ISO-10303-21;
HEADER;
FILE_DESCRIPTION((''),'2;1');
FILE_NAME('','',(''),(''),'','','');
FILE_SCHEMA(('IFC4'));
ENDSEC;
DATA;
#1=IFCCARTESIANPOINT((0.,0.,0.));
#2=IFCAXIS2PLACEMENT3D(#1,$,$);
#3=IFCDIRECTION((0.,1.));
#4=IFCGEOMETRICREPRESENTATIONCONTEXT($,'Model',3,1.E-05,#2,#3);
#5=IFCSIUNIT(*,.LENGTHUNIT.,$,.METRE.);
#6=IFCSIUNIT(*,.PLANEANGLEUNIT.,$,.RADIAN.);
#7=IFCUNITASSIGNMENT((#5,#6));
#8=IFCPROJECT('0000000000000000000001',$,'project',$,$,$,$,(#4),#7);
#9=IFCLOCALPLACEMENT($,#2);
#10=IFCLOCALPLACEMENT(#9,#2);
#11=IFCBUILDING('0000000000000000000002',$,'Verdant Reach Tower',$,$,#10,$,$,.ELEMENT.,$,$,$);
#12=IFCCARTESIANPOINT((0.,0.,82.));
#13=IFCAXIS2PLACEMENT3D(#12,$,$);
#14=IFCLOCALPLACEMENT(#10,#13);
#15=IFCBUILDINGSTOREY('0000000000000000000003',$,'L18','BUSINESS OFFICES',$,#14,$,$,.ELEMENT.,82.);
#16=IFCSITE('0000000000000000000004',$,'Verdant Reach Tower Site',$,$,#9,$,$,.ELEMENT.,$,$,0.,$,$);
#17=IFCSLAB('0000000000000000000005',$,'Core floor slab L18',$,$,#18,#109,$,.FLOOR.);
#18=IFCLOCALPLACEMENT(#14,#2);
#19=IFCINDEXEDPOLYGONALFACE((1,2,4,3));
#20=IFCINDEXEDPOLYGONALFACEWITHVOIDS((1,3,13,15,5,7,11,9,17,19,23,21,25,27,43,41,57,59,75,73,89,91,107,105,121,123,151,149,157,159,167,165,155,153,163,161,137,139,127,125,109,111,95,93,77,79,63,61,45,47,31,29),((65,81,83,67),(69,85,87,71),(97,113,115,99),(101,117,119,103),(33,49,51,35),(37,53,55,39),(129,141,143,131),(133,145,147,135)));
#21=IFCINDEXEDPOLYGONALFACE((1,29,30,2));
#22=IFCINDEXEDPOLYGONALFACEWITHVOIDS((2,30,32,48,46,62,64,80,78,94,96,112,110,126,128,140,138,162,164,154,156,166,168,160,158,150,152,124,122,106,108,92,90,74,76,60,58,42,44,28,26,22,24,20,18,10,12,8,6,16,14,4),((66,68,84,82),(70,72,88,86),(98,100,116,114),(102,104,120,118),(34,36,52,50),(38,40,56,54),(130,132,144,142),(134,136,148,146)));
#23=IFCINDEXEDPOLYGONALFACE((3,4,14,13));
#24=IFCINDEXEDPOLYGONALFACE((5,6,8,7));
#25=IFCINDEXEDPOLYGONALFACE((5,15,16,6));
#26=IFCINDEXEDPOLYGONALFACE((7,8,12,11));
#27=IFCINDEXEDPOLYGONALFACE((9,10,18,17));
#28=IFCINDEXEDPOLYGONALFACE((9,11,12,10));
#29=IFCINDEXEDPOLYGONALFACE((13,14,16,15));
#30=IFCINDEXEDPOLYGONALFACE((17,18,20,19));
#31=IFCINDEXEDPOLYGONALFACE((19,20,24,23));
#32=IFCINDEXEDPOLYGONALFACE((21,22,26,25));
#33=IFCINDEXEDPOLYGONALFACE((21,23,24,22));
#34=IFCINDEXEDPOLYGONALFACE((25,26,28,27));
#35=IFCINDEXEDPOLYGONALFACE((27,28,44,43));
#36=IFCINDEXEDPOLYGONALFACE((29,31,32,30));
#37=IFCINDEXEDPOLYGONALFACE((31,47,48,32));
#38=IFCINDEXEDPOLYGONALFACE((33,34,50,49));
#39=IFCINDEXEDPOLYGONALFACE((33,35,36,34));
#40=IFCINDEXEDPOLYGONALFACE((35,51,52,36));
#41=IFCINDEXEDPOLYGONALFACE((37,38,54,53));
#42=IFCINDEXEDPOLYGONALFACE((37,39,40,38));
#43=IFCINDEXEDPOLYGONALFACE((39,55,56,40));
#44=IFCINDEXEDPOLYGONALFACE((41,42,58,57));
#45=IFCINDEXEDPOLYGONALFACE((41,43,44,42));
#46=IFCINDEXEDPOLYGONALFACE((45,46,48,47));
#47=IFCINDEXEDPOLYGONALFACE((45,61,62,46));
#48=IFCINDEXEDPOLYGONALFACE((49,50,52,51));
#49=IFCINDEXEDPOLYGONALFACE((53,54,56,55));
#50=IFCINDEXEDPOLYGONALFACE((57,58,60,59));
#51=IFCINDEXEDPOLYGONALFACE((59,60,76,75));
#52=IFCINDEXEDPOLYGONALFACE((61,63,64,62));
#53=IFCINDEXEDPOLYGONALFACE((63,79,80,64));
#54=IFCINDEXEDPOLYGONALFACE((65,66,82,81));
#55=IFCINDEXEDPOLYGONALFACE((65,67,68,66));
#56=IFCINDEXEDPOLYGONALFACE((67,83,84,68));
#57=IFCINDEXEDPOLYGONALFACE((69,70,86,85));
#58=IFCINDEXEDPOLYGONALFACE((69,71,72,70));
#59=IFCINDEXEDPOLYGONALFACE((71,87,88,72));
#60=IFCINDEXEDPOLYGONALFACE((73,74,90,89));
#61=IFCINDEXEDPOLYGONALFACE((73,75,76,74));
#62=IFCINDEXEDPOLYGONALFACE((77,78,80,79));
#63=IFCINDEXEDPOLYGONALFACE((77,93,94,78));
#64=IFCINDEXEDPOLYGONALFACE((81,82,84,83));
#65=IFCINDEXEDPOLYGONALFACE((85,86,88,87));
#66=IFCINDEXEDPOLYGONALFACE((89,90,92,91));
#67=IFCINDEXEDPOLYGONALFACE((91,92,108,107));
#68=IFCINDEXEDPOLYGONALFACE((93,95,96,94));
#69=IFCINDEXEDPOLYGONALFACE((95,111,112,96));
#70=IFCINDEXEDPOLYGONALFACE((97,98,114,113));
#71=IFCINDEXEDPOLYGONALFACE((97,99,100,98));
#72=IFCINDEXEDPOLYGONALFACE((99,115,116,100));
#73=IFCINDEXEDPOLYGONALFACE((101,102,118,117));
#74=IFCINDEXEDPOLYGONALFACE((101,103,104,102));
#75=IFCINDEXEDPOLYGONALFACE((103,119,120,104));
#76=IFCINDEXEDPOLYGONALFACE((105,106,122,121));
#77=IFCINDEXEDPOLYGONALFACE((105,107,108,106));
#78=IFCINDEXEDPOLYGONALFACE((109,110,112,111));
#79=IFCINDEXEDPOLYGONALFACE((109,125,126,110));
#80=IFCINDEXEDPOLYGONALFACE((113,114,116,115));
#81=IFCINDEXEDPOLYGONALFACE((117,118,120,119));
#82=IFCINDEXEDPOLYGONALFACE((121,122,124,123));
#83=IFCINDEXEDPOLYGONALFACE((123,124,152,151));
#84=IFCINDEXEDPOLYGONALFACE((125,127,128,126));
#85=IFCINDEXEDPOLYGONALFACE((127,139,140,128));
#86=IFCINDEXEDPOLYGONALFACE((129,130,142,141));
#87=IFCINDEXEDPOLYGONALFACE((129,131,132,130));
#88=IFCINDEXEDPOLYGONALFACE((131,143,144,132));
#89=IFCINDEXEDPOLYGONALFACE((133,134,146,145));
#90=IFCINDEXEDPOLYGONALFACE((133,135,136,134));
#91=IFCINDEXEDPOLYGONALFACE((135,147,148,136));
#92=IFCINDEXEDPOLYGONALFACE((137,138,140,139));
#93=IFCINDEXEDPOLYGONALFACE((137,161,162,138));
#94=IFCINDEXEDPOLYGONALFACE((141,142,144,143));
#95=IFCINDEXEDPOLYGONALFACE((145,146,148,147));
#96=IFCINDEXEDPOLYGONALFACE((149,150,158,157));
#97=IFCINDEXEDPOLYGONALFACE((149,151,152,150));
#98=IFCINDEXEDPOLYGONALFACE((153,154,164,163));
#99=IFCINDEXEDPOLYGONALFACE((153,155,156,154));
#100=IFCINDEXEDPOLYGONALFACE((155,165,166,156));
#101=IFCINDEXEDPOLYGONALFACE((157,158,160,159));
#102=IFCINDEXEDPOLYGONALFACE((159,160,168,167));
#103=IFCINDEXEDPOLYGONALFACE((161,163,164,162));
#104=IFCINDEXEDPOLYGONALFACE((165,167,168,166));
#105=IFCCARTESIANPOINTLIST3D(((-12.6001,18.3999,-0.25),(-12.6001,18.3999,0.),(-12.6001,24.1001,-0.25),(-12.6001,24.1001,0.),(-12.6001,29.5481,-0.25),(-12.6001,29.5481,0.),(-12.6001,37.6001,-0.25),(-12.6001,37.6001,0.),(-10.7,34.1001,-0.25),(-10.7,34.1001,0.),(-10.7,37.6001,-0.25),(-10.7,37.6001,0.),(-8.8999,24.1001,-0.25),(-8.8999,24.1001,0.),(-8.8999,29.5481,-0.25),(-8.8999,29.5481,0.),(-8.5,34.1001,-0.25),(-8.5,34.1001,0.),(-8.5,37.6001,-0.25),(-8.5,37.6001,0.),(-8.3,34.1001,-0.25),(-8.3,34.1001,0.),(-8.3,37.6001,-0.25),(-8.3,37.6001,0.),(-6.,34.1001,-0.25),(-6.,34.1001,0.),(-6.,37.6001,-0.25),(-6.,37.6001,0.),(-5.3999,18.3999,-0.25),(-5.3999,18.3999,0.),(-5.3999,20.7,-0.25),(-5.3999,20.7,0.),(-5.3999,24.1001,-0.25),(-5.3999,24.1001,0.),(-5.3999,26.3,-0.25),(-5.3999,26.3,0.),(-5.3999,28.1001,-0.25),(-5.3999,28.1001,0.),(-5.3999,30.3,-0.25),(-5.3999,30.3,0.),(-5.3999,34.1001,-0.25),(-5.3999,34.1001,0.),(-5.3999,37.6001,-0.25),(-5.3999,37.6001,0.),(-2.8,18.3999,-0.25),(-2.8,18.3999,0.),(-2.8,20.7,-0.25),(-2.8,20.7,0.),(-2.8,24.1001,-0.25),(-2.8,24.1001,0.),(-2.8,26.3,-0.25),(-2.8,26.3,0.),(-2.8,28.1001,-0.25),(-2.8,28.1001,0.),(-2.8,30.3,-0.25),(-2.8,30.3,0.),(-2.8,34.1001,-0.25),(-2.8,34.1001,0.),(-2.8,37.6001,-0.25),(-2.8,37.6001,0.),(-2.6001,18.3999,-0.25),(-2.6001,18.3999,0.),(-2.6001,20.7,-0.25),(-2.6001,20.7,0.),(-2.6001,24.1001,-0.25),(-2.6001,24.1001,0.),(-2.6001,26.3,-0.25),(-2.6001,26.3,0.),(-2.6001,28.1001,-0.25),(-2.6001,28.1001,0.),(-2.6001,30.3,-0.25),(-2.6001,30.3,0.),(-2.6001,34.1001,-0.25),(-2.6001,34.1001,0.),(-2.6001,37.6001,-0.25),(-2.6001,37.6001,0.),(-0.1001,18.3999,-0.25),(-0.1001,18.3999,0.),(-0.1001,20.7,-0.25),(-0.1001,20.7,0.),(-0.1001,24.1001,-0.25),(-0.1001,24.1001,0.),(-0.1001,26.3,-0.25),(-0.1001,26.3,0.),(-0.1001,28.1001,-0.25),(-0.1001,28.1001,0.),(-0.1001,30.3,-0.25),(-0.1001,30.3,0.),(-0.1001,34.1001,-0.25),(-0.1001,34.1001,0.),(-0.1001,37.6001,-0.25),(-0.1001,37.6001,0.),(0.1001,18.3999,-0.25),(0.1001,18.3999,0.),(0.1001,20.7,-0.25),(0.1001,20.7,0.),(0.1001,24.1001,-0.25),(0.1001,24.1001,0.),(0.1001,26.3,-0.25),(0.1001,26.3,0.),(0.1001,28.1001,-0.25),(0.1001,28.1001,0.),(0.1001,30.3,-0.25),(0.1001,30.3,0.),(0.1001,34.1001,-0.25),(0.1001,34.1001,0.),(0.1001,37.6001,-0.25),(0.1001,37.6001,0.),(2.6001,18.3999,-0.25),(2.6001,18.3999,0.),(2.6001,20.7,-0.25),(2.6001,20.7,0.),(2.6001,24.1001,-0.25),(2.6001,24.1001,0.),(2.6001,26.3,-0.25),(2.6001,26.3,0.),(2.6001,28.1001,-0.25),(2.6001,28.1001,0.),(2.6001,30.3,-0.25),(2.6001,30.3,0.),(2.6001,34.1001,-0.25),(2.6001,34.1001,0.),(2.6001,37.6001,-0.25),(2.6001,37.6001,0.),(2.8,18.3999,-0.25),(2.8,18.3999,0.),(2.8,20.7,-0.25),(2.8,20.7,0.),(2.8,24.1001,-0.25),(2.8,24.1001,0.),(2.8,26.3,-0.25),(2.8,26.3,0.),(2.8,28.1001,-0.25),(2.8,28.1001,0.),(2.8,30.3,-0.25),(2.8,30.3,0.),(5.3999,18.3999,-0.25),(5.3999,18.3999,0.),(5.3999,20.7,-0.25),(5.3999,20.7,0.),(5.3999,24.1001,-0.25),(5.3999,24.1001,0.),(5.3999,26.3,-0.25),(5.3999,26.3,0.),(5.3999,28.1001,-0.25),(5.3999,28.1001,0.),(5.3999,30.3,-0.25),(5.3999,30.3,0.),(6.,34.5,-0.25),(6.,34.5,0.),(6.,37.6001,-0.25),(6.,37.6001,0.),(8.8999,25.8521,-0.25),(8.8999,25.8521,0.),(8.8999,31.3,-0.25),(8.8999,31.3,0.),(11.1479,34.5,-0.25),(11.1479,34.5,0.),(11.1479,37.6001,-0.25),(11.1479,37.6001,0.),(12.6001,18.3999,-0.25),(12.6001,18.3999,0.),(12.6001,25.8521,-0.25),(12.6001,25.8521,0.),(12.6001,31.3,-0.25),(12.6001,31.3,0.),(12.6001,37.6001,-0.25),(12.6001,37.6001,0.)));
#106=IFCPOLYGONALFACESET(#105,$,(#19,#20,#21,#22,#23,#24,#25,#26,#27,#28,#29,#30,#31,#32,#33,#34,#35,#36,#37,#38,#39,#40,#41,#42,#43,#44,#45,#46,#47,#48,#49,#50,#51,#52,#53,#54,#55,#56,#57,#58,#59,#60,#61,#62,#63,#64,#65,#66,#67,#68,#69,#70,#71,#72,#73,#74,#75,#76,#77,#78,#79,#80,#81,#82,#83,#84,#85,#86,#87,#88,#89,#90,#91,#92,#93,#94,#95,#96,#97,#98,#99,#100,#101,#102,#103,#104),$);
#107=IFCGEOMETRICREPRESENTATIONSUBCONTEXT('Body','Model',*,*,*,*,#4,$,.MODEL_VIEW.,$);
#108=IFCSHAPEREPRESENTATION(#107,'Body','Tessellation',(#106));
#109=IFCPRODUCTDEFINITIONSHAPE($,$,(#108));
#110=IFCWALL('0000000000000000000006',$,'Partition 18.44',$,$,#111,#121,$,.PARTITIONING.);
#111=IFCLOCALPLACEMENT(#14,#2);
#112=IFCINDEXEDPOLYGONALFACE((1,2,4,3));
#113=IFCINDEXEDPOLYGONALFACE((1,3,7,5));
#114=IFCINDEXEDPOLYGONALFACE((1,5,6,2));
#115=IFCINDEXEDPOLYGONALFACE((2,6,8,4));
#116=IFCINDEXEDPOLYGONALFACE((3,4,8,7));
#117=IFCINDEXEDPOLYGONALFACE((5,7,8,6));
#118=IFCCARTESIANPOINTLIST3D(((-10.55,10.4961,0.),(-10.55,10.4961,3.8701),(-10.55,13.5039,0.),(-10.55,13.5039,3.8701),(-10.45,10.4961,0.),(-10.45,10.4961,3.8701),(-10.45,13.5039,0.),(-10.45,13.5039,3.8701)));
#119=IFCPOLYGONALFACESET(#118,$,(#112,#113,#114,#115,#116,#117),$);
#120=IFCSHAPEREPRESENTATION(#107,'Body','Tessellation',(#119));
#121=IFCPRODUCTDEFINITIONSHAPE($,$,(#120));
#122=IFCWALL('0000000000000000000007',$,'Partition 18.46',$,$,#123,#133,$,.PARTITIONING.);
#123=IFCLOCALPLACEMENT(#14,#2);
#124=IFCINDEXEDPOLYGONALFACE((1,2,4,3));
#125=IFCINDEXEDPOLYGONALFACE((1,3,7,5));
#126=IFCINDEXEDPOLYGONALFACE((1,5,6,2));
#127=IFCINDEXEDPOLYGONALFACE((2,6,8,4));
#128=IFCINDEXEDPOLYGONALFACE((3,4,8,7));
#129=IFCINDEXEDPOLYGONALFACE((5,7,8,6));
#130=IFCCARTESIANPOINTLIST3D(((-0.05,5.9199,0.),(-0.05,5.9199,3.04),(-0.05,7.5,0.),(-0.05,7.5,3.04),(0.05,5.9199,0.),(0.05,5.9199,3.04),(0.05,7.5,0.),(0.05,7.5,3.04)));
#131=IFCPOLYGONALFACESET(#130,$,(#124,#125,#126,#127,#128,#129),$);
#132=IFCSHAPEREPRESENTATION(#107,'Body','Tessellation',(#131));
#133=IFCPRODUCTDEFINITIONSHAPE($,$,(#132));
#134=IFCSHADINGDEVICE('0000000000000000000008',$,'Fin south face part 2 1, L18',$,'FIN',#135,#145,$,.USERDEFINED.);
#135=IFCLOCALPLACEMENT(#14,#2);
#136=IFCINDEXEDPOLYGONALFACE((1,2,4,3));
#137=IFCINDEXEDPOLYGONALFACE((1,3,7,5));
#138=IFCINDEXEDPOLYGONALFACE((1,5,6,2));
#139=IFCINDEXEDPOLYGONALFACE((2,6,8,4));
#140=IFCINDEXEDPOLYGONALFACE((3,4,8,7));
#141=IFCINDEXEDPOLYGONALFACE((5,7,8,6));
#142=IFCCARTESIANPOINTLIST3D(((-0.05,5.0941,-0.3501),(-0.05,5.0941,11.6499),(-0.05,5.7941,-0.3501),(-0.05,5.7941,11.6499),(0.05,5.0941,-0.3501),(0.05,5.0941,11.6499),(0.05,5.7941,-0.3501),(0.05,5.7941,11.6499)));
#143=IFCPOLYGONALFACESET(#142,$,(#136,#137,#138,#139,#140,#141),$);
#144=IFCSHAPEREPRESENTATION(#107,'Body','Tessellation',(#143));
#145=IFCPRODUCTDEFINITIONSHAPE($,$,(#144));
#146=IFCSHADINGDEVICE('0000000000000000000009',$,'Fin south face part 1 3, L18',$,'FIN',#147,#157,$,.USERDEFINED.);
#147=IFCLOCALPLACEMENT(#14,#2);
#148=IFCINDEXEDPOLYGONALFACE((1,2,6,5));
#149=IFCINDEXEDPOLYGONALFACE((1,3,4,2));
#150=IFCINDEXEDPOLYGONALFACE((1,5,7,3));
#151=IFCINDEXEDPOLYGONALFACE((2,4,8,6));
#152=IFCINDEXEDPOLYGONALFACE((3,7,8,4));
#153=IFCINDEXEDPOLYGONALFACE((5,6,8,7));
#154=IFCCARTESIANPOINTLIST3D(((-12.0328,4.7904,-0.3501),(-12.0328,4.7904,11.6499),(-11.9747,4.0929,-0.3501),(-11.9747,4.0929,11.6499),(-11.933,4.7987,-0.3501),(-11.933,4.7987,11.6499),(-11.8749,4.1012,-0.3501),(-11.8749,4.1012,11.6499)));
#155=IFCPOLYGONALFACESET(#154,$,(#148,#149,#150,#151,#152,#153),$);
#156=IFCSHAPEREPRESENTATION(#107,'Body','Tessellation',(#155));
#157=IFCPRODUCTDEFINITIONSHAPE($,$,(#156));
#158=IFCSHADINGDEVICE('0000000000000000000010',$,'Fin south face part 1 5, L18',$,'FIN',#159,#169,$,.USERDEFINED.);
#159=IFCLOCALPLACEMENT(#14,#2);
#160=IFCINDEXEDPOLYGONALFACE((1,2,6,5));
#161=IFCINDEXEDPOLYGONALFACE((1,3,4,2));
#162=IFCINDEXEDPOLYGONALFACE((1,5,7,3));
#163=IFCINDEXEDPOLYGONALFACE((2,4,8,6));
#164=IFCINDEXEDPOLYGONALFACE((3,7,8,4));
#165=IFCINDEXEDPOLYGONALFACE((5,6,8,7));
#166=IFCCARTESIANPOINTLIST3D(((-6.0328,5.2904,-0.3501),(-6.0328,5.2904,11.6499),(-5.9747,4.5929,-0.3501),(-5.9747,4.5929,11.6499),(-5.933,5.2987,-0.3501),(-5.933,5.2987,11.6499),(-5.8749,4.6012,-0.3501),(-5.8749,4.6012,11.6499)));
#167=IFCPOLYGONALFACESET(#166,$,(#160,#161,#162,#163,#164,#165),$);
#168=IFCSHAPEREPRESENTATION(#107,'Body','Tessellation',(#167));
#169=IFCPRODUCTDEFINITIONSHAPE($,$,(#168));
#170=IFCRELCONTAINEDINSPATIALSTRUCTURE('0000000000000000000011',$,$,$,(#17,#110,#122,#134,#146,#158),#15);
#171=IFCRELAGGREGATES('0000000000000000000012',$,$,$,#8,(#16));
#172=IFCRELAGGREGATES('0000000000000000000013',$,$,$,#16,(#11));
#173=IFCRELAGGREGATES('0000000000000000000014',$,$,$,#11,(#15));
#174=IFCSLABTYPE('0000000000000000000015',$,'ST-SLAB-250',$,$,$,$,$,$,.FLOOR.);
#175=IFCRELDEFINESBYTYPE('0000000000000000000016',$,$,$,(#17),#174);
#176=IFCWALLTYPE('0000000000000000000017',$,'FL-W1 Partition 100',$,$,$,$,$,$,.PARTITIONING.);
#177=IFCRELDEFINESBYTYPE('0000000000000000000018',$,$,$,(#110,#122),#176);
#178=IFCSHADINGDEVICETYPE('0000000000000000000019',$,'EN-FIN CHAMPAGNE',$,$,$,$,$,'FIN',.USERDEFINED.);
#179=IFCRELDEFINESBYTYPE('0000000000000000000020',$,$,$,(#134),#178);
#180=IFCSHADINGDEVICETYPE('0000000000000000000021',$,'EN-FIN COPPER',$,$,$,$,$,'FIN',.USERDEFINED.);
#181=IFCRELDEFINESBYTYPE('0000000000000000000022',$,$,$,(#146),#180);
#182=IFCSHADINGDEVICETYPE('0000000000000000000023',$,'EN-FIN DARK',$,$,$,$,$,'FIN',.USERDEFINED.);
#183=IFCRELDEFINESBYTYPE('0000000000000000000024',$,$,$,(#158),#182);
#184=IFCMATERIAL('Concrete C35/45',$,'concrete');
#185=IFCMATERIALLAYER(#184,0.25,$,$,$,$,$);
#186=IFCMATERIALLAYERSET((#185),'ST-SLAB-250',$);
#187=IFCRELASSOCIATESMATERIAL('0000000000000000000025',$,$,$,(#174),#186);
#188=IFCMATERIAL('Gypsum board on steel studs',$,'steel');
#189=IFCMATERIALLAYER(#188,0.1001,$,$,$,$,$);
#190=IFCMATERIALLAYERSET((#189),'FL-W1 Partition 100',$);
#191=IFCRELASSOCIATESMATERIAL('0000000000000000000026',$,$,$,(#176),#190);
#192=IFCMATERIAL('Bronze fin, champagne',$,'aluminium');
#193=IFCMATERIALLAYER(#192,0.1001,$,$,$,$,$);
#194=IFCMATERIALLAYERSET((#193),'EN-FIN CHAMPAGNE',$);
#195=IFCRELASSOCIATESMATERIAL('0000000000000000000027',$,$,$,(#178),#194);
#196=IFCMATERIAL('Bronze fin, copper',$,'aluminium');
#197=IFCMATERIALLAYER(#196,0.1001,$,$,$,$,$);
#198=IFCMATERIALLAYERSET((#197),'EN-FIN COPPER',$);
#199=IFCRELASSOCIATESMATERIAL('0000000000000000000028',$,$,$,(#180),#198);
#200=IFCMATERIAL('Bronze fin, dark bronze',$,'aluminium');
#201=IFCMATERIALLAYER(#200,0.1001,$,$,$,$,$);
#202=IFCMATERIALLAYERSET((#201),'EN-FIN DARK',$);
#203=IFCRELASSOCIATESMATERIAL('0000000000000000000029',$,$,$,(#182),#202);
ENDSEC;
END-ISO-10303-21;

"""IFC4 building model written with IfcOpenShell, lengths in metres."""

from ifc_helpers import new_model, si_unit, direction, frame, frame_2d, origin, origin_2d, place, context, subcontext, project, spatial, polyline, rectangle, outline, extrude, material, layer, layer_set, type_object, element, save


model = new_model("IFC4")

# Units and contexts
model_context = context("Model", 3, precision=1e-05, world=origin(), true_north=direction((0.0, 1.0)))
body_context = subcontext(model_context, "Body", "Model", "MODEL_VIEW")
ifc_project = project(units=[si_unit("LENGTHUNIT", "METRE"), si_unit("PLANEANGLEUNIT", "RADIAN")], contexts=[model_context])

# Site, building, storey
site_placement = place(None, origin())
site = spatial("IfcSite", under=ifc_project, at=site_placement, Name="Verdant Reach Tower Site", CompositionType="ELEMENT", RefElevation=0.0)
building_placement = place(site_placement, origin())
building = spatial("IfcBuilding", under=site, at=building_placement, Name="Verdant Reach Tower", CompositionType="ELEMENT")
storey_placement = place(building_placement, frame((0.0, 0.0, 82.0)))
storey = spatial("IfcBuildingStorey", under=building, at=storey_placement, Name="L18", Description="BUSINESS OFFICES", CompositionType="ELEMENT", Elevation=82.0)

# Slab
ifc_material_1 = material(Name="Concrete C35/45", Category="concrete")
ifc_layer_1 = layer(ifc_material_1, 0.25)
ifc_layer_set_1 = layer_set([ifc_layer_1], Name="ST-SLAB-250")
slab_type_1 = type_object("IfcSlabType", Name="ST-SLAB-250", PredefinedType="FLOOR", material=ifc_layer_set_1)
slab_1_placement = place(storey_placement, frame((0.0, 0.0, -0.25)))
element("IfcSlab", 1, at=slab_1_placement, inside=storey, type_object=slab_type_1, Name="Core floor slab L18", PredefinedType="FLOOR", context=body_context, shape_type="SweptSolid", body=[
    extrude(outline(polyline([(12.6001, 18.3999), (5.3999, 18.3999), (5.3999, 20.7), (2.8, 20.7), (2.8, 18.3999), (2.6001, 18.3999), (2.6001, 20.7), (0.1001, 20.7), (0.1001, 18.3999), (-0.1001, 18.3999), (-0.1001, 20.7), (-2.6001, 20.7), (-2.6001, 18.3999), (-2.8, 18.3999), (-2.8, 20.7), (-5.3999, 20.7), (-5.3999, 18.3999), (-12.6001, 18.3999), (-12.6001, 24.1001), (-8.8999, 24.1001), (-8.8999, 29.5481), (-12.6001, 29.5481), (-12.6001, 37.6001), (-10.7, 37.6001), (-10.7, 34.1001), (-8.5, 34.1001), (-8.5, 37.6001), (-8.3, 37.6001), (-8.3, 34.1001), (-6.0, 34.1001), (-6.0, 37.6001), (-5.3999, 37.6001), (-5.3999, 34.1001), (-2.8, 34.1001), (-2.8, 37.6001), (-2.6001, 37.6001), (-2.6001, 34.1001), (-0.1001, 34.1001), (-0.1001, 37.6001), (0.1001, 37.6001), (0.1001, 34.1001), (2.6001, 34.1001), (2.6001, 37.6001), (6.0, 37.6001), (6.0, 34.5), (11.1479, 34.5), (11.1479, 37.6001), (12.6001, 37.6001), (12.6001, 31.3), (8.8999, 31.3), (8.8999, 25.8521), (12.6001, 25.8521), (12.6001, 18.3999)]), holes=[polyline([(-2.8, 24.1001), (-2.8, 26.3), (-5.3999, 26.3), (-5.3999, 24.1001), (-2.8, 24.1001)]), polyline([(-2.6001, 24.1001), (-0.1001, 24.1001), (-0.1001, 26.3), (-2.6001, 26.3), (-2.6001, 24.1001)]), polyline([(-2.8, 28.1001), (-2.8, 30.3), (-5.3999, 30.3), (-5.3999, 28.1001), (-2.8, 28.1001)]), polyline([(-0.1001, 28.1001), (-0.1001, 30.3), (-2.6001, 30.3), (-2.6001, 28.1001), (-0.1001, 28.1001)]), polyline([(2.6001, 24.1001), (2.6001, 26.3), (0.1001, 26.3), (0.1001, 24.1001), (2.6001, 24.1001)]), polyline([(2.8, 24.1001), (5.3999, 24.1001), (5.3999, 26.3), (2.8, 26.3), (2.8, 24.1001)]), polyline([(2.6001, 28.1001), (2.6001, 30.3), (0.1001, 30.3), (0.1001, 28.1001), (2.6001, 28.1001)]), polyline([(5.3999, 28.1001), (5.3999, 30.3), (2.8, 30.3), (2.8, 28.1001), (5.3999, 28.1001)])]), origin(), (0.0, 0.0, 1.0), 0.25),
])

# Walls
ifc_material_2 = material(Name="Gypsum board on steel studs", Category="steel")
ifc_layer_2 = layer(ifc_material_2, 0.1001)
ifc_layer_set_2 = layer_set([ifc_layer_2], Name="FL-W1 Partition 100")
wall_type = type_object("IfcWallType", Name="FL-W1 Partition 100", PredefinedType="PARTITIONING", material=ifc_layer_set_2)
wall_1_placement = place(storey_placement, frame((-10.5, 10.4961, 0.0), z_axis=(0.0, 0.0, 1.0), x_axis=(0.0, 1.0, 0.0)))
element("IfcWall", 2, at=wall_1_placement, inside=storey, type_object=wall_type, Name="Partition 18.44", PredefinedType="PARTITIONING", context=body_context, shape_type="SweptSolid", body=[
    extrude(rectangle(XDim=3.0078, YDim=0.1001, at=frame_2d((1.5039, 0.0))), origin(), (0.0, 0.0, 1.0), 3.8701),
])
wall_2_placement = place(storey_placement, frame((0.0, 5.9199, 0.0), z_axis=(0.0, 0.0, 1.0), x_axis=(0.0, 1.0, 0.0)))
element("IfcWall", 3, at=wall_2_placement, inside=storey, type_object=wall_type, Name="Partition 18.46", PredefinedType="PARTITIONING", context=body_context, shape_type="SweptSolid", body=[
    extrude(rectangle(XDim=1.5801, YDim=0.1001, at=frame_2d((0.79, 0.0))), origin(), (0.0, 0.0, 1.0), 3.04),
])

# Shading devices
ifc_material_3 = material(Name="Bronze fin, champagne", Category="aluminium")
ifc_layer_3 = layer(ifc_material_3, 0.1001)
ifc_layer_set_3 = layer_set([ifc_layer_3], Name="EN-FIN CHAMPAGNE")
shading_device_type_1 = type_object("IfcShadingDeviceType", Name="EN-FIN CHAMPAGNE", ElementType="FIN", PredefinedType="USERDEFINED", material=ifc_layer_set_3)
shading_device_1_placement = place(storey_placement, frame((0.0, 5.4441, -0.3501), z_axis=(0.0, 0.0, 1.0), x_axis=(1.0, 0.0, 0.0)))
element("IfcShadingDevice", 4, at=shading_device_1_placement, inside=storey, type_object=shading_device_type_1, Name="Fin south face part 2 1, L18", ObjectType="FIN", PredefinedType="USERDEFINED", context=body_context, shape_type="SweptSolid", body=[
    extrude(rectangle(XDim=0.1001, YDim=0.7, at=origin_2d()), origin(), (0.0, 0.0, 1.0), 12.0),
])
ifc_material_4 = material(Name="Bronze fin, copper", Category="aluminium")
ifc_layer_4 = layer(ifc_material_4, 0.1001)
ifc_layer_set_4 = layer_set([ifc_layer_4], Name="EN-FIN COPPER")
shading_device_type_2 = type_object("IfcShadingDeviceType", Name="EN-FIN COPPER", ElementType="FIN", PredefinedType="USERDEFINED", material=ifc_layer_set_4)
shading_device_2_placement = place(storey_placement, frame((-11.9539, 4.4458, -0.3501), z_axis=(0.0, 0.0, 1.0), x_axis=(0.996546, 0.083045, 0.0)))
element("IfcShadingDevice", 5, at=shading_device_2_placement, inside=storey, type_object=shading_device_type_2, Name="Fin south face part 1 3, L18", ObjectType="FIN", PredefinedType="USERDEFINED", context=body_context, shape_type="SweptSolid", body=[
    extrude(rectangle(XDim=0.1001, YDim=0.7, at=origin_2d()), origin(), (0.0, 0.0, 1.0), 12.0),
])
ifc_material_5 = material(Name="Bronze fin, dark bronze", Category="aluminium")
ifc_layer_5 = layer(ifc_material_5, 0.1001)
ifc_layer_set_5 = layer_set([ifc_layer_5], Name="EN-FIN DARK")
shading_device_type_3 = type_object("IfcShadingDeviceType", Name="EN-FIN DARK", ElementType="FIN", PredefinedType="USERDEFINED", material=ifc_layer_set_5)
shading_device_3_placement = place(storey_placement, frame((-5.9539, 4.9458, -0.3501), z_axis=(0.0, 0.0, 1.0), x_axis=(0.996546, 0.083045, 0.0)))
element("IfcShadingDevice", 6, at=shading_device_3_placement, inside=storey, type_object=shading_device_type_3, Name="Fin south face part 1 5, L18", ObjectType="FIN", PredefinedType="USERDEFINED", context=body_context, shape_type="SweptSolid", body=[
    extrude(rectangle(XDim=0.1001, YDim=0.7, at=origin_2d()), origin(), (0.0, 0.0, 1.0), 12.0),
])

save(model, "model.ifc")
